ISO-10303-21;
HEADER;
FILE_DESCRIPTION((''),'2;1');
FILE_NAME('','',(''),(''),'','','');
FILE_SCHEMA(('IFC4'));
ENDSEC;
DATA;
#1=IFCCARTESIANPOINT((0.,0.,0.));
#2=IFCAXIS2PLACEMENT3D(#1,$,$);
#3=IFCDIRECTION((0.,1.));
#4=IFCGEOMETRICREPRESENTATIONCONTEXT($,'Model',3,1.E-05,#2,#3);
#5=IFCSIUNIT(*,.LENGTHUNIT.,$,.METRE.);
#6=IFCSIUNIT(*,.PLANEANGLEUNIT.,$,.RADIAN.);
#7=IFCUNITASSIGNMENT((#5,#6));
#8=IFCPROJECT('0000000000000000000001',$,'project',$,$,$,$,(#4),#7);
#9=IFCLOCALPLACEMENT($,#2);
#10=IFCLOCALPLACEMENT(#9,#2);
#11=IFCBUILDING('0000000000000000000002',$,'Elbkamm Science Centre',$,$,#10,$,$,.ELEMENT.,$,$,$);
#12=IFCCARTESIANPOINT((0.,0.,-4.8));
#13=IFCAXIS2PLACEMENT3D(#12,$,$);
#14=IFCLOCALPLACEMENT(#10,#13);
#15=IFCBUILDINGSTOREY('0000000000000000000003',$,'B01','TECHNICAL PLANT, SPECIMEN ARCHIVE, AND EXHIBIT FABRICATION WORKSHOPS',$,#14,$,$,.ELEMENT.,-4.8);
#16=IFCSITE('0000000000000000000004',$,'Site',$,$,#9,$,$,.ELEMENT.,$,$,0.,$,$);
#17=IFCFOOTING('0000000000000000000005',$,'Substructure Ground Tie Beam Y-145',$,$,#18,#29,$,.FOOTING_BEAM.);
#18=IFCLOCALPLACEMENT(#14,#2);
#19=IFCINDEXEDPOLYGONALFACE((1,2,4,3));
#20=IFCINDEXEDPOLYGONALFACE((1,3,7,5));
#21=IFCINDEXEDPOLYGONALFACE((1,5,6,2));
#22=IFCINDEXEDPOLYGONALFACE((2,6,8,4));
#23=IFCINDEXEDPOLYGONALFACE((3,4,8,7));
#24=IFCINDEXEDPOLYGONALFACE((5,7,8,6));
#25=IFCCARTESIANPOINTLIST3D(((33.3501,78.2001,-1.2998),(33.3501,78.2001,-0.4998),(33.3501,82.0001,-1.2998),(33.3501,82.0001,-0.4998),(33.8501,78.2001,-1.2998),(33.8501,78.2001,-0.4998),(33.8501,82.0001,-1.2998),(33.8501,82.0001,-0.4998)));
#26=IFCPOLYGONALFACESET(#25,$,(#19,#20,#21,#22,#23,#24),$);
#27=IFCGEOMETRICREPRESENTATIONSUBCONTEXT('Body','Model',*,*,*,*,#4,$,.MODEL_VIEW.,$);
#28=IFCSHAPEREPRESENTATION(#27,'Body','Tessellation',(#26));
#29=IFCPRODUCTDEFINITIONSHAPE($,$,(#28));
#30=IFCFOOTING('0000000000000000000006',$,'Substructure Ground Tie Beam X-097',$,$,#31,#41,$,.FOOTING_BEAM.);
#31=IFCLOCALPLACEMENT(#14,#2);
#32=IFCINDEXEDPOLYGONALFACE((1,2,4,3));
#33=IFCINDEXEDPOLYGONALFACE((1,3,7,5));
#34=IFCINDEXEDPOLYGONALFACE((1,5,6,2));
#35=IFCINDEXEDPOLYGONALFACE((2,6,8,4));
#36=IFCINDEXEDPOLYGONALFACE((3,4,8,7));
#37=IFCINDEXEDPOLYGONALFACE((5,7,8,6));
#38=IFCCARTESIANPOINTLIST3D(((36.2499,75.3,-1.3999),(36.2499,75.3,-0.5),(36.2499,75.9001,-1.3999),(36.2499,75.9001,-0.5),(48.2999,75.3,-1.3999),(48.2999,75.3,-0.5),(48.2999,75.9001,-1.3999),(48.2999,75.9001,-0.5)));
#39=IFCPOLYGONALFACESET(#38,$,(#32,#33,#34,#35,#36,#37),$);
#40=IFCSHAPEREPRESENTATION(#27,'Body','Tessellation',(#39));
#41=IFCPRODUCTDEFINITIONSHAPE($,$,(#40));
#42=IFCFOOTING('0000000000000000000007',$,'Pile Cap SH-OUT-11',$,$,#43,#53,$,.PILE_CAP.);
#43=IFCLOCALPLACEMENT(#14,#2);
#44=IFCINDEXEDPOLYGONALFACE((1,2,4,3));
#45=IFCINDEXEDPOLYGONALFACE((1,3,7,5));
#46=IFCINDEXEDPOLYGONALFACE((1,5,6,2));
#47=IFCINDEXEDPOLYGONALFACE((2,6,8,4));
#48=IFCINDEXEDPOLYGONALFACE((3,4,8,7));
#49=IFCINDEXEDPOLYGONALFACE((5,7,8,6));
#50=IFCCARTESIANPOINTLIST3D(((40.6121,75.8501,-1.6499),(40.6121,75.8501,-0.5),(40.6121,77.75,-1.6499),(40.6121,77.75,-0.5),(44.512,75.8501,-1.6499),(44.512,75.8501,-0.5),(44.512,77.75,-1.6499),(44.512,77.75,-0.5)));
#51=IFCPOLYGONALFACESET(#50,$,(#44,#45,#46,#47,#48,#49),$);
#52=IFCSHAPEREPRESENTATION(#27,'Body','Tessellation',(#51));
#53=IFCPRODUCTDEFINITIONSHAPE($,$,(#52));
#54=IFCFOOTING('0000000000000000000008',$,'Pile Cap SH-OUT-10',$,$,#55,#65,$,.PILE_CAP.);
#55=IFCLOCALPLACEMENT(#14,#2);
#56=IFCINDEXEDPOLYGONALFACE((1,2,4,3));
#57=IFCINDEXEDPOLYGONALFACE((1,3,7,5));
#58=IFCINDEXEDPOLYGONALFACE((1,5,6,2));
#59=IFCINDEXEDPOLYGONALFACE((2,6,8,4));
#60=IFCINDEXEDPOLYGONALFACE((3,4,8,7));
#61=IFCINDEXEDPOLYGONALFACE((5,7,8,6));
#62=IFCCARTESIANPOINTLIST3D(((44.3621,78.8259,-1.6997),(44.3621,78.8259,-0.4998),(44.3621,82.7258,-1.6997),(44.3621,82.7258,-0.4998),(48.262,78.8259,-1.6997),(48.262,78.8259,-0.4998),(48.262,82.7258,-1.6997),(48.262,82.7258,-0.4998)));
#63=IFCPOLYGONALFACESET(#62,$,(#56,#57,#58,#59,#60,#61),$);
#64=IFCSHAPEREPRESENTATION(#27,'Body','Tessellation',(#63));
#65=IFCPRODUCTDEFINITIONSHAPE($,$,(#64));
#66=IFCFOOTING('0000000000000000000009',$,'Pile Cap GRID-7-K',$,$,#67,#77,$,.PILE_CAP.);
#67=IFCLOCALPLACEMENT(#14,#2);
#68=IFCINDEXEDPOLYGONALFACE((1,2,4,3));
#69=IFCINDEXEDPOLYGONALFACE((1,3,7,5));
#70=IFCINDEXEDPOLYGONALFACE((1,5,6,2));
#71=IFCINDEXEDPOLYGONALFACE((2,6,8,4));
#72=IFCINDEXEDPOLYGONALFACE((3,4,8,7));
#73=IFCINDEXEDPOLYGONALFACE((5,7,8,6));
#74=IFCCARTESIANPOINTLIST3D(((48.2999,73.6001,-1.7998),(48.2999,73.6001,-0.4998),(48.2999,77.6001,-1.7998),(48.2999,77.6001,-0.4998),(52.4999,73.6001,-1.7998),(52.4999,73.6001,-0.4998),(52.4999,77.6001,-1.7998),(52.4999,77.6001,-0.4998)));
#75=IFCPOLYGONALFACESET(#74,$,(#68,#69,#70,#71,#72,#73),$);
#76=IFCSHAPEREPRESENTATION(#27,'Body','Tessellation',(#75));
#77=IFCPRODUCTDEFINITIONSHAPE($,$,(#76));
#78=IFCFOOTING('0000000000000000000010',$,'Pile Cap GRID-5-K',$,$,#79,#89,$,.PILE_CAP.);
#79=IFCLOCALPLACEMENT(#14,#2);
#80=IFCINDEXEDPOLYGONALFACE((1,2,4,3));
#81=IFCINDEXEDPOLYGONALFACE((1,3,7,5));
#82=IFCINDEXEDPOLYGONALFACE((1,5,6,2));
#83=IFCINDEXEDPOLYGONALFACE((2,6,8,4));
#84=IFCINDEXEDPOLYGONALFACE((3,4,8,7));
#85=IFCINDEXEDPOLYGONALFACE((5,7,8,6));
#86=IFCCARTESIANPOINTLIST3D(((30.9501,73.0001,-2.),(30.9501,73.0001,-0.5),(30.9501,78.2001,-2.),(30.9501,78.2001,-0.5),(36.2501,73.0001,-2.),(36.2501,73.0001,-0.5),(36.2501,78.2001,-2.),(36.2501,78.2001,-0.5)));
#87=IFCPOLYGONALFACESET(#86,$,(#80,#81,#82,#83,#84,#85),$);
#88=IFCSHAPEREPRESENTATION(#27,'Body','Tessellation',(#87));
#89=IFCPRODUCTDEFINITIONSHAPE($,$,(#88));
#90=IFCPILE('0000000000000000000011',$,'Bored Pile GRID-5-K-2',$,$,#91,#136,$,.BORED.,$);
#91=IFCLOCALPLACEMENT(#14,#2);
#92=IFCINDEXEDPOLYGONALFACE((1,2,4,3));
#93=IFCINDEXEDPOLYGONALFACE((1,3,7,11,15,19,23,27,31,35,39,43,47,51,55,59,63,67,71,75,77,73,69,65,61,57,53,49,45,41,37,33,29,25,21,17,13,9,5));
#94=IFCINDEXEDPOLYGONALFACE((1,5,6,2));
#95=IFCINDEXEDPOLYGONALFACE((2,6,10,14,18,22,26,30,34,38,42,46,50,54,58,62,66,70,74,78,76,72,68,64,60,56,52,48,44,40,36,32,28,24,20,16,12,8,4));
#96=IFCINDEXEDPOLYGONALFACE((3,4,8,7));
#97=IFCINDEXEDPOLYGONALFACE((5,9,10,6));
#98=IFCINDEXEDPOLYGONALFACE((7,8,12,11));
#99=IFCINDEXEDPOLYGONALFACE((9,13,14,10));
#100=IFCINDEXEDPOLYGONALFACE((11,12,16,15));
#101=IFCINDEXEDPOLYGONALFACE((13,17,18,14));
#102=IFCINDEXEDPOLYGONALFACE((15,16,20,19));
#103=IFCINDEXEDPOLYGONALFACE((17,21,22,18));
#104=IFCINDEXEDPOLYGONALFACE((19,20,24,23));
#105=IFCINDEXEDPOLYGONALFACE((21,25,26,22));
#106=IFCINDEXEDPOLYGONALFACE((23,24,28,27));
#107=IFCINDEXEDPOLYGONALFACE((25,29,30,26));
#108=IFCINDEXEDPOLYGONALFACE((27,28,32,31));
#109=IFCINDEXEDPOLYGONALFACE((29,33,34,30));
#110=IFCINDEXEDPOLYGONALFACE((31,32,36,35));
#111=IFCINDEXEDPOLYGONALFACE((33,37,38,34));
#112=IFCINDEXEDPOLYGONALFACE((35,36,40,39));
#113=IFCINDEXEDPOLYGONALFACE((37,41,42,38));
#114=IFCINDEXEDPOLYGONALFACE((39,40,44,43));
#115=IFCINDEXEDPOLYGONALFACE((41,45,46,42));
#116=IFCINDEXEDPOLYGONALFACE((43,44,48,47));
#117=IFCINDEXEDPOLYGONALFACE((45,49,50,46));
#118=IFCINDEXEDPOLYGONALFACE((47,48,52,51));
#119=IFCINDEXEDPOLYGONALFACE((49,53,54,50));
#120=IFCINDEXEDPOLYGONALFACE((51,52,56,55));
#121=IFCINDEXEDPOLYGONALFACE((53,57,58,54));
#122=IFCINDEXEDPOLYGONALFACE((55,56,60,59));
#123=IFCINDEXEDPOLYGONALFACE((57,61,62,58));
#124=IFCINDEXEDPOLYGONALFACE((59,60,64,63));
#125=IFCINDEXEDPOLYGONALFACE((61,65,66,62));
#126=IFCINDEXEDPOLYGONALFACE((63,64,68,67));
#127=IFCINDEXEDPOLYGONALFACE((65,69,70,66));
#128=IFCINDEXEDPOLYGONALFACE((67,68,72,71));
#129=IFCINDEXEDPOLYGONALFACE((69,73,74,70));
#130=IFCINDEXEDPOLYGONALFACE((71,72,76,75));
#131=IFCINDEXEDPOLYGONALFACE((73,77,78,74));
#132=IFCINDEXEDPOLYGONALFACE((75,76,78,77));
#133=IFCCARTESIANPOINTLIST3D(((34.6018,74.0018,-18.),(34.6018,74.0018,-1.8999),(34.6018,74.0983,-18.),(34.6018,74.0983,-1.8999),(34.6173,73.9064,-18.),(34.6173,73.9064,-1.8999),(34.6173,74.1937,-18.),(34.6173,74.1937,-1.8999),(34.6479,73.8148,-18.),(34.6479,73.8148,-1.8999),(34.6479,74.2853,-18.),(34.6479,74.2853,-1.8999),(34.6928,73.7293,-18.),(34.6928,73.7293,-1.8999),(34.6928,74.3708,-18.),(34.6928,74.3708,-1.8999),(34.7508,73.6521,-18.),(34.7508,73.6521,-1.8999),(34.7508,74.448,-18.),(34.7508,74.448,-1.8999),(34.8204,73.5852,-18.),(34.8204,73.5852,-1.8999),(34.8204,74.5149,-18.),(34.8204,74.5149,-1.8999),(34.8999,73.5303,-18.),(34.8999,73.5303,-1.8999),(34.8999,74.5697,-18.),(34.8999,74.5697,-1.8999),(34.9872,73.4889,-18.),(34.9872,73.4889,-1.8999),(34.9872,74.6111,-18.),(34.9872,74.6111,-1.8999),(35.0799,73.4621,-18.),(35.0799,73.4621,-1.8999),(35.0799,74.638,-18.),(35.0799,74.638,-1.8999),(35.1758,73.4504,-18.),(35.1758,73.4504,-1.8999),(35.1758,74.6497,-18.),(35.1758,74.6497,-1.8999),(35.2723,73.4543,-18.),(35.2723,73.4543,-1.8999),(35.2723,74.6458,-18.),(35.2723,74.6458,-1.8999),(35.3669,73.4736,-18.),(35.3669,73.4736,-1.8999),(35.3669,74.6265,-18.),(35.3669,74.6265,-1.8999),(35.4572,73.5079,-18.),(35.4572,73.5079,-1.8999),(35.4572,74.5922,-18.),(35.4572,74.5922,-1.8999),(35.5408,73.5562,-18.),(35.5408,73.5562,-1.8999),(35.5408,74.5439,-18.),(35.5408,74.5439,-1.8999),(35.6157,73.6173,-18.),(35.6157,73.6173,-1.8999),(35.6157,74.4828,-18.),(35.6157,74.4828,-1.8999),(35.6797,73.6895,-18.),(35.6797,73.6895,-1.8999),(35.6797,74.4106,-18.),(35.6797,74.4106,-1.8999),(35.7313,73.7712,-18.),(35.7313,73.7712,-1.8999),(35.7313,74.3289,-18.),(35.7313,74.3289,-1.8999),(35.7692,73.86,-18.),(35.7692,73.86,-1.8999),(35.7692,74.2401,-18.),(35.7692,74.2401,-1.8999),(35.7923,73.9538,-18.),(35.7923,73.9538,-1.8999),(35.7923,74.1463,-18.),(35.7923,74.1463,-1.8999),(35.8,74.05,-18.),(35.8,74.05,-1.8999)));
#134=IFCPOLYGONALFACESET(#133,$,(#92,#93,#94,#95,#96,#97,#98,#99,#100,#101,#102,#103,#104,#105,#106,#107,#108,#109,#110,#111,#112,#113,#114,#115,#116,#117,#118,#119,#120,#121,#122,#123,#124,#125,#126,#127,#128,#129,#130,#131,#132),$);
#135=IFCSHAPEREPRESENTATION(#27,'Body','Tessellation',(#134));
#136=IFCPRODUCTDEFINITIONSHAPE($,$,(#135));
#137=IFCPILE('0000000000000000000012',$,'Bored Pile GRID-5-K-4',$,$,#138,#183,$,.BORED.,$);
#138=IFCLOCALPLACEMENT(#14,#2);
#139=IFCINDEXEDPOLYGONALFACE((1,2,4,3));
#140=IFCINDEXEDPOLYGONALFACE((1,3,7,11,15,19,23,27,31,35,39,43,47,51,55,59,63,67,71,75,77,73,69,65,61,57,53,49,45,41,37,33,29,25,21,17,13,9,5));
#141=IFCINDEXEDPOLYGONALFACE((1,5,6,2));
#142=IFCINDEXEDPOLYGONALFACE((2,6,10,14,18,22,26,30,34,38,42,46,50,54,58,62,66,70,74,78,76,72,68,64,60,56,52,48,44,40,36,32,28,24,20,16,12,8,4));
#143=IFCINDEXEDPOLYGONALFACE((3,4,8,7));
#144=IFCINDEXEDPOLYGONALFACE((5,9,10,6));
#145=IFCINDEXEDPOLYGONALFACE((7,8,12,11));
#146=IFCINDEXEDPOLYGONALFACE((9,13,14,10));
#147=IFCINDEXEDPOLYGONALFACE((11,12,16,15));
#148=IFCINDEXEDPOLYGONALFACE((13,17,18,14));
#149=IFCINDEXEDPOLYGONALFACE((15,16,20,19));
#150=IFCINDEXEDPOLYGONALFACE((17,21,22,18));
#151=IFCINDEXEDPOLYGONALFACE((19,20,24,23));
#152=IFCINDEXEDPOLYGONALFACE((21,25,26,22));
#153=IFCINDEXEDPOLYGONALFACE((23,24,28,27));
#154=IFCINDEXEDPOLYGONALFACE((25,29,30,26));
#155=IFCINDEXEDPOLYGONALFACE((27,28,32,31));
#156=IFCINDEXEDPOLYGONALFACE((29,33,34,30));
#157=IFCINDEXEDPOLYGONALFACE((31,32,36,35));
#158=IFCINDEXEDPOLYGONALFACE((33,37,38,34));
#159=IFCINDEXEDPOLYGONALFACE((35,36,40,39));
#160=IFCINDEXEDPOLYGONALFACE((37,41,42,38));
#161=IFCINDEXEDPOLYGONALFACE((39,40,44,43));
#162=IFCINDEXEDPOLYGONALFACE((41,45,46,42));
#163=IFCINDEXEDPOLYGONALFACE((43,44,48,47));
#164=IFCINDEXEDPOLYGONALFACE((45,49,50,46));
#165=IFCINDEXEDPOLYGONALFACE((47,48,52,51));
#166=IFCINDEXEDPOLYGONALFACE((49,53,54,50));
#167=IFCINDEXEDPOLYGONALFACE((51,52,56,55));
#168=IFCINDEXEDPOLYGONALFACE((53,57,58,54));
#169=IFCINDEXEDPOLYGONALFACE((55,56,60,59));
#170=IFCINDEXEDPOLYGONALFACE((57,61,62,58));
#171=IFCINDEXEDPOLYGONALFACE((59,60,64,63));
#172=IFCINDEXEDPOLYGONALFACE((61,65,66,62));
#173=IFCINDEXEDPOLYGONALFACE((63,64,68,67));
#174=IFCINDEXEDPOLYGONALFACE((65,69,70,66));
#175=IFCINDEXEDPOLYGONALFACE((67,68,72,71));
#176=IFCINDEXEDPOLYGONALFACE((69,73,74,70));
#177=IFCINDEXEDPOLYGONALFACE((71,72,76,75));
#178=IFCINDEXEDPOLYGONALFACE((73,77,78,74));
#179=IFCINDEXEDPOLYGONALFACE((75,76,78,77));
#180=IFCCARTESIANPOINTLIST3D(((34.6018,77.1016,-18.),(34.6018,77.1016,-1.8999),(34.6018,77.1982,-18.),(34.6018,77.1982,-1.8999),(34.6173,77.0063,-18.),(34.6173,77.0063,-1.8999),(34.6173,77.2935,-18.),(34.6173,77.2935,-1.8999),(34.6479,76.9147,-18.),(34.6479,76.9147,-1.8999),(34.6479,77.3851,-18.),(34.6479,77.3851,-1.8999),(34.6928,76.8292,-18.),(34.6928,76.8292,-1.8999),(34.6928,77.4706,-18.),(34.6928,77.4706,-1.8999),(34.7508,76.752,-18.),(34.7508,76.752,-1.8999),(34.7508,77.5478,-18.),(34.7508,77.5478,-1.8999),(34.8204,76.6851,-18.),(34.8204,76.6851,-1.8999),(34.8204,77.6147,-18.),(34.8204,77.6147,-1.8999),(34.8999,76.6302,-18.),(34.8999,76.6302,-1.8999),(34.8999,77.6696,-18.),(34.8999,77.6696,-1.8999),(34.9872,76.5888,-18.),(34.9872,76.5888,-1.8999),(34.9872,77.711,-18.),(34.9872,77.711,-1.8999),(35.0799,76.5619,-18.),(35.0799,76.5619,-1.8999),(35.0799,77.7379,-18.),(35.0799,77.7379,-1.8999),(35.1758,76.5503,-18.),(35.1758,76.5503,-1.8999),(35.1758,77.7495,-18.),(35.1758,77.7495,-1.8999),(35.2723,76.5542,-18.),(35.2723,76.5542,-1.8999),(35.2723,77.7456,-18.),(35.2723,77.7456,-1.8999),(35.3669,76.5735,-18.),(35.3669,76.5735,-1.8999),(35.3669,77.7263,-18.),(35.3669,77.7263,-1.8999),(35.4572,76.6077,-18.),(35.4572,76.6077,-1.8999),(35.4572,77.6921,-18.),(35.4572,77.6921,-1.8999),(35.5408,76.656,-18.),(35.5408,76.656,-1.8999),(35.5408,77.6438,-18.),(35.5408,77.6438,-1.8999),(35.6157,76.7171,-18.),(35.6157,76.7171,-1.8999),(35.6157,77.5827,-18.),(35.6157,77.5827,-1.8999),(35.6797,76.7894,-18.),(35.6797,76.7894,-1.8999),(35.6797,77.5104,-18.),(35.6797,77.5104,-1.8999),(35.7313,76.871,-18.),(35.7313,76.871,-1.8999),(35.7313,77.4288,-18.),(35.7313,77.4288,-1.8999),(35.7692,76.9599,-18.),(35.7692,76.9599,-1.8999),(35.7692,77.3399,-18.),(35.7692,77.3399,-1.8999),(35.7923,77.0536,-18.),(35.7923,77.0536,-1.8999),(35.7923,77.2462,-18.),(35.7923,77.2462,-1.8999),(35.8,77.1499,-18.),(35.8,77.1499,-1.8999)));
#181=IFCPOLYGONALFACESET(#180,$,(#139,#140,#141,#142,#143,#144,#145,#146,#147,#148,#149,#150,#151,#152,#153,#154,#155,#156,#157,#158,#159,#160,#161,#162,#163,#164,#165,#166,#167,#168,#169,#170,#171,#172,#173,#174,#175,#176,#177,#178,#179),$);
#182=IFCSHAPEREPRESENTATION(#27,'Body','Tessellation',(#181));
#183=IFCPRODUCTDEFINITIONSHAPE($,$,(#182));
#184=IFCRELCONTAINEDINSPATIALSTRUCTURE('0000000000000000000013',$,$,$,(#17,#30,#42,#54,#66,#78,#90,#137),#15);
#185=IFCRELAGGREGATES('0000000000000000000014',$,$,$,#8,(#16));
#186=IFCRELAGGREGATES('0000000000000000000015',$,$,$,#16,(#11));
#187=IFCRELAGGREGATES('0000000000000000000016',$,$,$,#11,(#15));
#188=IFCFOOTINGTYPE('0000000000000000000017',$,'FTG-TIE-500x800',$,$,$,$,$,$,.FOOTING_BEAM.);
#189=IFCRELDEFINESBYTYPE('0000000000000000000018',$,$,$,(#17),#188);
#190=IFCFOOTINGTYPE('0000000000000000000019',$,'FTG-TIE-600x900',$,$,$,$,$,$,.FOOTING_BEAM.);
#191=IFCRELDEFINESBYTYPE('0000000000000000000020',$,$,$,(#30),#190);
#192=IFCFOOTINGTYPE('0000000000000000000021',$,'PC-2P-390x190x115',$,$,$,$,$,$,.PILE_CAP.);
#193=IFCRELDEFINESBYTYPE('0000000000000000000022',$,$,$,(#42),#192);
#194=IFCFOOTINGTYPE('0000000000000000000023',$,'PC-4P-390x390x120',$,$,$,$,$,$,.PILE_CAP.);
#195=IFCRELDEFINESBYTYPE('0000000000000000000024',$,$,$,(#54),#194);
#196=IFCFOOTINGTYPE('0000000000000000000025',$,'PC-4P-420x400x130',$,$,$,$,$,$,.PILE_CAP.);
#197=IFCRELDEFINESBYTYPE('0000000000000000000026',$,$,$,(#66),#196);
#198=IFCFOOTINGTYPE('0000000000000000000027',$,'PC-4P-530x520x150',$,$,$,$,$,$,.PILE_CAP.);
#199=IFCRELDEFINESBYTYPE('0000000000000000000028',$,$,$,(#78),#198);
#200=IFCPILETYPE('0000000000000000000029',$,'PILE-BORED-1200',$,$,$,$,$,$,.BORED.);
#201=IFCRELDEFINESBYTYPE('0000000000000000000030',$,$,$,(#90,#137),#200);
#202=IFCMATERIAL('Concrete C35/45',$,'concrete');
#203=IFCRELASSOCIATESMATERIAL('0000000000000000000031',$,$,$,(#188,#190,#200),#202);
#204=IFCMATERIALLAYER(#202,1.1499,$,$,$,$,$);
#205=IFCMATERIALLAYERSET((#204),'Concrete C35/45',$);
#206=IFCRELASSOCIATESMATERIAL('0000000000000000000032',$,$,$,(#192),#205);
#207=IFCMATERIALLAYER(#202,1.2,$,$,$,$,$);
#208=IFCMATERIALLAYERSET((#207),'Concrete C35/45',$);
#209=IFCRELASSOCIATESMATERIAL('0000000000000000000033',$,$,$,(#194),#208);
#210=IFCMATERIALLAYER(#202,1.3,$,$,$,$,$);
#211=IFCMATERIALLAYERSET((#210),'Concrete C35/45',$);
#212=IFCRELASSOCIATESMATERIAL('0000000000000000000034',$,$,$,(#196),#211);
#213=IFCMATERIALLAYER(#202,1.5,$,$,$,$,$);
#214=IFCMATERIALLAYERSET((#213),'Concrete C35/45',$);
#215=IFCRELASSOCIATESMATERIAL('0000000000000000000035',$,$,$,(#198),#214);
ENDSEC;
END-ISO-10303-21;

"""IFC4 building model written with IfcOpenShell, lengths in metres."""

from ifc_helpers import new_model, si_unit, direction, frame, origin, origin_2d, place, context, subcontext, project, spatial, rectangle, circle, extrude, material, layer, layer_set, material_profile, profile_set, type_object, element, save


model = new_model("IFC4")

# Units and contexts
model_context = context("Model", 3, precision=1e-05, world=origin(), true_north=direction((0.0, 1.0)))
body_context = subcontext(model_context, "Body", "Model", "MODEL_VIEW")
ifc_project = project(units=[si_unit("LENGTHUNIT", "METRE"), si_unit("PLANEANGLEUNIT", "RADIAN")], contexts=[model_context])

# Site, building, storey
site_placement = place(None, origin())
site = spatial("IfcSite", under=ifc_project, at=site_placement, Name="Site", CompositionType="ELEMENT", RefElevation=0.0)
building_placement = place(site_placement, origin())
building = spatial("IfcBuilding", under=site, at=building_placement, Name="Elbkamm Science Centre", CompositionType="ELEMENT")
storey_placement = place(building_placement, frame((0.0, 0.0, -4.8)))
storey = spatial("IfcBuildingStorey", under=building, at=storey_placement, Name="B01", Description="TECHNICAL PLANT, SPECIMEN ARCHIVE, AND EXHIBIT FABRICATION WORKSHOPS", CompositionType="ELEMENT", Elevation=-4.8)

# Footings
ifc_material_1 = material(Name="Concrete C35/45", Category="concrete")
footing_type_1 = type_object("IfcFootingType", Name="FTG-TIE-500x800", PredefinedType="FOOTING_BEAM", material=ifc_material_1)
footing_1_placement = place(storey_placement, frame((33.6001, 80.1001, -1.2998), z_axis=(0.0, 0.0, 1.0), x_axis=(1.0, 0.0, 0.0)))
element("IfcFooting", 1, at=footing_1_placement, inside=storey, type_object=footing_type_1, Name="Substructure Ground Tie Beam Y-145", PredefinedType="FOOTING_BEAM", context=body_context, shape_type="SweptSolid", body=[
    extrude(rectangle(XDim=0.5, YDim=3.8, at=origin_2d()), origin(), (0.0, 0.0, 1.0), 0.8),
])
footing_type_2 = type_object("IfcFootingType", Name="FTG-TIE-600x900", PredefinedType="FOOTING_BEAM", material=ifc_material_1)
footing_2_placement = place(storey_placement, frame((42.2749, 75.6001, -1.3999), z_axis=(0.0, 0.0, 1.0), x_axis=(1.0, 0.0, 0.0)))
element("IfcFooting", 2, at=footing_2_placement, inside=storey, type_object=footing_type_2, Name="Substructure Ground Tie Beam X-097", PredefinedType="FOOTING_BEAM", context=body_context, shape_type="SweptSolid", body=[
    extrude(rectangle(XDim=12.05, YDim=0.6001, at=origin_2d()), origin(), (0.0, 0.0, 1.0), 0.8999),
])
ifc_layer_1 = layer(ifc_material_1, 1.1499)
ifc_layer_set_1 = layer_set([ifc_layer_1], Name="Concrete C35/45")
footing_type_3 = type_object("IfcFootingType", Name="PC-2P-390x190x115", PredefinedType="PILE_CAP", material=ifc_layer_set_1)
footing_3_placement = place(storey_placement, frame((42.562, 76.8, -1.6499), z_axis=(0.0, 0.0, 1.0), x_axis=(1.0, 0.0, 0.0)))
element("IfcFooting", 3, at=footing_3_placement, inside=storey, type_object=footing_type_3, Name="Pile Cap SH-OUT-11", PredefinedType="PILE_CAP", context=body_context, shape_type="SweptSolid", body=[
    extrude(rectangle(XDim=3.8999, YDim=1.8999, at=origin_2d()), origin(), (0.0, 0.0, 1.0), 1.1499),
])
ifc_layer_2 = layer(ifc_material_1, 1.2)
ifc_layer_set_2 = layer_set([ifc_layer_2], Name="Concrete C35/45")
footing_type_4 = type_object("IfcFootingType", Name="PC-4P-390x390x120", PredefinedType="PILE_CAP", material=ifc_layer_set_2)
footing_4_placement = place(storey_placement, frame((46.312, 80.7759, -1.6997), z_axis=(0.0, 0.0, 1.0), x_axis=(1.0, 0.0, 0.0)))
element("IfcFooting", 4, at=footing_4_placement, inside=storey, type_object=footing_type_4, Name="Pile Cap SH-OUT-10", PredefinedType="PILE_CAP", context=body_context, shape_type="SweptSolid", body=[
    extrude(rectangle(XDim=3.8999, YDim=3.8999, at=origin_2d()), origin(), (0.0, 0.0, 1.0), 1.2),
])
ifc_layer_3 = layer(ifc_material_1, 1.3)
ifc_layer_set_3 = layer_set([ifc_layer_3], Name="Concrete C35/45")
footing_type_5 = type_object("IfcFootingType", Name="PC-4P-420x400x130", PredefinedType="PILE_CAP", material=ifc_layer_set_3)
footing_5_placement = place(storey_placement, frame((50.3999, 75.6001, -1.7998), z_axis=(0.0, 0.0, 1.0), x_axis=(1.0, 0.0, 0.0)))
element("IfcFooting", 5, at=footing_5_placement, inside=storey, type_object=footing_type_5, Name="Pile Cap GRID-7-K", PredefinedType="PILE_CAP", context=body_context, shape_type="SweptSolid", body=[
    extrude(rectangle(XDim=4.2, YDim=4.0, at=origin_2d()), origin(), (0.0, 0.0, 1.0), 1.3),
])
ifc_layer_4 = layer(ifc_material_1, 1.5)
ifc_layer_set_4 = layer_set([ifc_layer_4], Name="Concrete C35/45")
footing_type_6 = type_object("IfcFootingType", Name="PC-4P-530x520x150", PredefinedType="PILE_CAP", material=ifc_layer_set_4)
footing_6_placement = place(storey_placement, frame((33.6001, 75.6001, -2.0), z_axis=(0.0, 0.0, 1.0), x_axis=(1.0, 0.0, 0.0)))
element("IfcFooting", 6, at=footing_6_placement, inside=storey, type_object=footing_type_6, Name="Pile Cap GRID-5-K", PredefinedType="PILE_CAP", context=body_context, shape_type="SweptSolid", body=[
    extrude(rectangle(XDim=5.3, YDim=5.2, at=origin_2d()), origin(), (0.0, 0.0, 1.0), 1.5),
])

# Piles
ifc_material_profile_1 = material_profile(ifc_material_1, circle(Radius=0.6001, at=origin_2d()), Name="PILE D1200")
ifc_profile_set_1 = profile_set([ifc_material_profile_1], Name="Concrete C35/45")
pile_type_1 = type_object("IfcPileType", Name="PILE-BORED-1200", PredefinedType="BORED", material=ifc_profile_set_1)
for number, where, z_axis, x_axis, name in (
    (7, (35.2, 74.05, -1.8999), (0.0, 0.0, -1.0), (1.0, 0.0, 0.0), "Bored Pile GRID-5-K-2"),
    (8, (35.2, 77.1499, -1.8999), (0.0, 0.0, -1.0), (1.0, 0.0, 0.0), "Bored Pile GRID-5-K-4"),
):
    element("IfcPile", number, at=place(storey_placement, frame(where, z_axis=z_axis, x_axis=x_axis)), inside=storey, type_object=pile_type_1, Name=name, PredefinedType="BORED", context=body_context, shape_type="SweptSolid", body=[
        extrude(circle(Radius=0.6001, at=origin_2d()), origin(), (0.0, 0.0, 1.0), 16.1001),
    ])

save(model, "model.ifc")
